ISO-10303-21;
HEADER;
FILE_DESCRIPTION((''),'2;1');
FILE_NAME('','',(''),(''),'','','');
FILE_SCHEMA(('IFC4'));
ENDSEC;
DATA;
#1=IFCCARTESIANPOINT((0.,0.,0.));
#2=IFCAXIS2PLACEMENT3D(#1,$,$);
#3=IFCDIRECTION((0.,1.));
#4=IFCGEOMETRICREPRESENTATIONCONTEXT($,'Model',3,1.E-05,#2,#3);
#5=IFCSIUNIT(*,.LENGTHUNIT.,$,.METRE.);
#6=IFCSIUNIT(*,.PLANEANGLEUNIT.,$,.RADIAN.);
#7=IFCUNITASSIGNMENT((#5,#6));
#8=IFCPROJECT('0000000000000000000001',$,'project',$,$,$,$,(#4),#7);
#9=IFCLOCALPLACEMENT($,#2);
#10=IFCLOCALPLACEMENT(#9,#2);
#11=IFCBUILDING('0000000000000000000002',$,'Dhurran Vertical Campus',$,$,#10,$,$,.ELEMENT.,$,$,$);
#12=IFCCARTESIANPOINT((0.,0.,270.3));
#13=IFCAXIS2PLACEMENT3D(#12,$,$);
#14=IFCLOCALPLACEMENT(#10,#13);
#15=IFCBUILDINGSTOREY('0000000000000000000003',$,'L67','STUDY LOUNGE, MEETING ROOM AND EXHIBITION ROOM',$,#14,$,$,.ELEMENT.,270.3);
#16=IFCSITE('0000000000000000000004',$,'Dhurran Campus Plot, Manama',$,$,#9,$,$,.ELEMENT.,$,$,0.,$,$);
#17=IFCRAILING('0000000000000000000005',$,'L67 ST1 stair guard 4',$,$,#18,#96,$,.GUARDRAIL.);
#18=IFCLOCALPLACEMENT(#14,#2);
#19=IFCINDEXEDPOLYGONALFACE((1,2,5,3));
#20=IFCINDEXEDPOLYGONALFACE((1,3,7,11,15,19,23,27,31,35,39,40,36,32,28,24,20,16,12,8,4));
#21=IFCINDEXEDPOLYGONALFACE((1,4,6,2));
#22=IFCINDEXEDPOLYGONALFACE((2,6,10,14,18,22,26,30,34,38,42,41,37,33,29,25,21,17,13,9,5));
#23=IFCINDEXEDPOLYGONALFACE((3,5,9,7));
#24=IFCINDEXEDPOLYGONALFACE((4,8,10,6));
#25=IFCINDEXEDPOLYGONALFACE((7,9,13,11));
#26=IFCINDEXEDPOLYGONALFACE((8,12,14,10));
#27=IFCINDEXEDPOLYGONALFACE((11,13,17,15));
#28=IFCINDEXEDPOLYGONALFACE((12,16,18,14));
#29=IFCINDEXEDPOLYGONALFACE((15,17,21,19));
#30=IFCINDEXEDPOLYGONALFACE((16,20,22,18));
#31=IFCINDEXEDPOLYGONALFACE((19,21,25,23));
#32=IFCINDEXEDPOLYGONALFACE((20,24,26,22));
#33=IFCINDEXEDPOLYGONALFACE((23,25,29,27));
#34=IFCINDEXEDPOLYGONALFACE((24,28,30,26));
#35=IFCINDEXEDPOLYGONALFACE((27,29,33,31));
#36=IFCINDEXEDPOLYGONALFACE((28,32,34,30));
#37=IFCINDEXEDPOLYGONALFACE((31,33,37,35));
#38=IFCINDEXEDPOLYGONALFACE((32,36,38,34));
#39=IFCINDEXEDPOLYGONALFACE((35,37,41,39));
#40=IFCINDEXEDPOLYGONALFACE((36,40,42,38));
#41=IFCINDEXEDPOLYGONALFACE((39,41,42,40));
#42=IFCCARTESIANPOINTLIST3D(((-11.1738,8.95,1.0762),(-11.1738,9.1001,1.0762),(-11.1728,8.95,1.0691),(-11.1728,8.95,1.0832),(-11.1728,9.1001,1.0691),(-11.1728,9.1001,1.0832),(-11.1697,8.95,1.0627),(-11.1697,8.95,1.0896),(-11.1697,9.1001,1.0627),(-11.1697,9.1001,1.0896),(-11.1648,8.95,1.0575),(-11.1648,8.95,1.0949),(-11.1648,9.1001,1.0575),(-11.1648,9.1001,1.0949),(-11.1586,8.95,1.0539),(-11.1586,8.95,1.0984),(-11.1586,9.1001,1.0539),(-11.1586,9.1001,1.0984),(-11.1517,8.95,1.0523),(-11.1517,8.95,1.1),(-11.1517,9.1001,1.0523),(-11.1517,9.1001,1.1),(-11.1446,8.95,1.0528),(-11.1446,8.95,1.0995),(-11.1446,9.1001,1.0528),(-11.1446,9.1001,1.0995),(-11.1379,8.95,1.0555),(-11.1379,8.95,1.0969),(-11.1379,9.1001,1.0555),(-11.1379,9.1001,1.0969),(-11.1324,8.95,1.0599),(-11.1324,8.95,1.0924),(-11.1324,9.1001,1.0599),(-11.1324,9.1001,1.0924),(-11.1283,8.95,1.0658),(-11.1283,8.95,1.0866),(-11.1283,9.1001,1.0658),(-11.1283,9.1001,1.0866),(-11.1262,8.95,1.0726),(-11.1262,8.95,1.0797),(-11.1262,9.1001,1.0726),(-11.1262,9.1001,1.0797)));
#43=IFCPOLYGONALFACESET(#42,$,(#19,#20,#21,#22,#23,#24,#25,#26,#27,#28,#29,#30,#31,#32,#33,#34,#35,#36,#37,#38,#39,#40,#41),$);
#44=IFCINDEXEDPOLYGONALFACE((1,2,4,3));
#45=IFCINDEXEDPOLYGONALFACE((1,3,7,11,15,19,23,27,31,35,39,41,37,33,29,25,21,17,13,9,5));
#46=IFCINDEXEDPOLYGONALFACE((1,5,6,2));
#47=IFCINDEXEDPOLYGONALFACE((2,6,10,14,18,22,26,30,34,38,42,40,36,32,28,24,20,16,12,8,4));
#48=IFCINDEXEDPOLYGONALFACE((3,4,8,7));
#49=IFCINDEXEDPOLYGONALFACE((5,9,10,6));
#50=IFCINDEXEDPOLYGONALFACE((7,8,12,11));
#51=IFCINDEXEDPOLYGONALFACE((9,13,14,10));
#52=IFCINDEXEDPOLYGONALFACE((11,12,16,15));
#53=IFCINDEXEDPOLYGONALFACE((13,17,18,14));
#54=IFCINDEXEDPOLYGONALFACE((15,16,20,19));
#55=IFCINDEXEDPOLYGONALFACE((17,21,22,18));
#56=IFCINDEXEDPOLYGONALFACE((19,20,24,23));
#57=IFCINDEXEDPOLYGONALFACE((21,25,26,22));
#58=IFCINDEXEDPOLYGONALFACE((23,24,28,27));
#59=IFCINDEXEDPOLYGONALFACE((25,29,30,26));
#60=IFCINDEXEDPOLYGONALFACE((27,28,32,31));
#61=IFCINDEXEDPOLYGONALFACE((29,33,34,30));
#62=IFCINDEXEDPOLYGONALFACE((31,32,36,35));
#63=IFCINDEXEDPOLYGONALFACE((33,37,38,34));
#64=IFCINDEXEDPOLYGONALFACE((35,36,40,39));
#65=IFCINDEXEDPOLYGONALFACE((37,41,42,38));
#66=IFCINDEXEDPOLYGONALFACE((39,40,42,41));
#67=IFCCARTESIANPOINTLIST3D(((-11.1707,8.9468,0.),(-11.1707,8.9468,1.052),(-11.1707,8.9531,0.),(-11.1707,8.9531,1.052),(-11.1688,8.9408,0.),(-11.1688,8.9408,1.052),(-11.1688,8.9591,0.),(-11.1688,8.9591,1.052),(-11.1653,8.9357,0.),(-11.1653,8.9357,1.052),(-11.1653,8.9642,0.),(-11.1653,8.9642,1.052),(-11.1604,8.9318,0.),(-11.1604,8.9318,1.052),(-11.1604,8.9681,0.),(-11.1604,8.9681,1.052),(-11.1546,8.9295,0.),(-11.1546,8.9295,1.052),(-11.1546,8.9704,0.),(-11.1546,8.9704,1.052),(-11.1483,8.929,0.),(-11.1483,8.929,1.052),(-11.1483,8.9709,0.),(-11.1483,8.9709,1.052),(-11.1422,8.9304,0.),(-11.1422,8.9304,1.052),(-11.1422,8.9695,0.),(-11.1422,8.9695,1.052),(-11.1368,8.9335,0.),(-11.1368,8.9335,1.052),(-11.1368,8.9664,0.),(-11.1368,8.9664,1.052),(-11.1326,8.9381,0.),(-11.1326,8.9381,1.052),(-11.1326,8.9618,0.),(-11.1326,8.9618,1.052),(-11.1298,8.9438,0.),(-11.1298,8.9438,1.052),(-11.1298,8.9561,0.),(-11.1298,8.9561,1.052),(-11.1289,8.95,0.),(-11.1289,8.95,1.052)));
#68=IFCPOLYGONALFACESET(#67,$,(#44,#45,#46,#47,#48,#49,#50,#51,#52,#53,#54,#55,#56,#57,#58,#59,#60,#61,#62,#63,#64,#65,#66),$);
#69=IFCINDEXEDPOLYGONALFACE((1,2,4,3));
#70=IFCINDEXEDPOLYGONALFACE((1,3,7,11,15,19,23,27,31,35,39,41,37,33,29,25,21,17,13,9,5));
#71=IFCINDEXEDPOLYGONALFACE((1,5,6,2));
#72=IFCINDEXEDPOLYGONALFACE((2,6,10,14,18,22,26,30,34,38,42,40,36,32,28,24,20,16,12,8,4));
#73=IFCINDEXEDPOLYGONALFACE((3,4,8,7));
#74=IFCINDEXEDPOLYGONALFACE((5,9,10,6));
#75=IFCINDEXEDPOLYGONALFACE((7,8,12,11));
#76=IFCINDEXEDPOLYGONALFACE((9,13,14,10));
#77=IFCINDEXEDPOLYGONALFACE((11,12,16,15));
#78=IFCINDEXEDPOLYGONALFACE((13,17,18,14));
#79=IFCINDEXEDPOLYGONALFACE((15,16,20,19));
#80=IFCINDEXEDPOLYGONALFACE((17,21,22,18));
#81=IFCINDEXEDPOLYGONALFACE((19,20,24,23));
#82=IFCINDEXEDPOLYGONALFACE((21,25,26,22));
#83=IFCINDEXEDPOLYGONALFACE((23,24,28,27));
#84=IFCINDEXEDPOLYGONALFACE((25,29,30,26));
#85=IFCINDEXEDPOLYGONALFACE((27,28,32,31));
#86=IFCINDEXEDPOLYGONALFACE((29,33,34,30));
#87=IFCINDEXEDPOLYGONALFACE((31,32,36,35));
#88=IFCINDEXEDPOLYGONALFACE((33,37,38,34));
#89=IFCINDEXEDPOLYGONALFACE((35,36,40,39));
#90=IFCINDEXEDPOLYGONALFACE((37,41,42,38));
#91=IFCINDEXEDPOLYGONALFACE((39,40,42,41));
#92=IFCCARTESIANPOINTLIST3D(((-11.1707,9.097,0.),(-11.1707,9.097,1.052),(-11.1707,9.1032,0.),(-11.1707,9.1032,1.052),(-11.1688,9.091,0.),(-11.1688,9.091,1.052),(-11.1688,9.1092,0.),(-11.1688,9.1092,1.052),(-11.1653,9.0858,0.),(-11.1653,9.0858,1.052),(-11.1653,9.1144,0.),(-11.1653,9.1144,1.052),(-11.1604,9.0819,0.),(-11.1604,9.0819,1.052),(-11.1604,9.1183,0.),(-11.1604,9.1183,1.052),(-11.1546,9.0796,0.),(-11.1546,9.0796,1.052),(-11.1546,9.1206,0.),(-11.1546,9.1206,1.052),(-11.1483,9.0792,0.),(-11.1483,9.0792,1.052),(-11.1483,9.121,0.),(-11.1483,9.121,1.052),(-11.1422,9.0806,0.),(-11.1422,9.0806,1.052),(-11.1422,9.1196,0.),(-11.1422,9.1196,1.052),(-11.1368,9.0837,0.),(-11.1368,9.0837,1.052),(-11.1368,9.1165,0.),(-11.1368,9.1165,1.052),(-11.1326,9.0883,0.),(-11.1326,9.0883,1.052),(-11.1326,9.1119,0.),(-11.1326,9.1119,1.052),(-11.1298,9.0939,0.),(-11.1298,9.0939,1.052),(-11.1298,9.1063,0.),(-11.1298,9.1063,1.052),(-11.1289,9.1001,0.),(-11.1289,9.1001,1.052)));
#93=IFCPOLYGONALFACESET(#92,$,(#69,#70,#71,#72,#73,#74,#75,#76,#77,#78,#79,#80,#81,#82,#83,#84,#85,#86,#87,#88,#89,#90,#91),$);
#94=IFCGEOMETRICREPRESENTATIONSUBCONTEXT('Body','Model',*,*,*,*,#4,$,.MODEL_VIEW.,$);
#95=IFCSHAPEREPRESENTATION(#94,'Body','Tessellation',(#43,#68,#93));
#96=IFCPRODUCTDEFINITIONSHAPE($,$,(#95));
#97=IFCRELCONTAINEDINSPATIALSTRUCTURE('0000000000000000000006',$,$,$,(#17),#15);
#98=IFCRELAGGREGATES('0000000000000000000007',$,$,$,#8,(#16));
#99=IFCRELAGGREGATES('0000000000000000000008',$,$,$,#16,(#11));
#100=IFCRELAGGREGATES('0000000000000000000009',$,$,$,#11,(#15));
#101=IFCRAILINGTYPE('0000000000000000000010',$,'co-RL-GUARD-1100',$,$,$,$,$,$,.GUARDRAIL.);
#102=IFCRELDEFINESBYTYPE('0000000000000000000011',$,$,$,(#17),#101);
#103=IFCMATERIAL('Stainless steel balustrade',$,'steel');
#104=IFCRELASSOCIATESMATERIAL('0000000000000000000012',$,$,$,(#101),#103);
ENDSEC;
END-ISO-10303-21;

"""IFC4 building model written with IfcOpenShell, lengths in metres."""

from ifc_helpers import new_model, si_unit, direction, frame, origin, origin_2d, place, context, subcontext, project, spatial, circle, extrude, material, type_object, element, save


model = new_model("IFC4")

# Units and contexts
model_context = context("Model", 3, precision=1e-05, world=origin(), true_north=direction((0.0, 1.0)))
body_context = subcontext(model_context, "Body", "Model", "MODEL_VIEW")
ifc_project = project(units=[si_unit("LENGTHUNIT", "METRE"), si_unit("PLANEANGLEUNIT", "RADIAN")], contexts=[model_context])

# Site, building, storey
site_placement = place(None, origin())
site = spatial("IfcSite", under=ifc_project, at=site_placement, Name="Dhurran Campus Plot, Manama", CompositionType="ELEMENT", RefElevation=0.0)
building_placement = place(site_placement, origin())
building = spatial("IfcBuilding", under=site, at=building_placement, Name="Dhurran Vertical Campus", CompositionType="ELEMENT")
storey_placement = place(building_placement, frame((0.0, 0.0, 270.3)))
storey = spatial("IfcBuildingStorey", under=building, at=storey_placement, Name="L67", Description="STUDY LOUNGE, MEETING ROOM AND EXHIBITION ROOM", CompositionType="ELEMENT", Elevation=270.3)

# Railing
ifc_material_1 = material(Name="Stainless steel balustrade", Category="steel")
railing_type_1 = type_object("IfcRailingType", Name="co-RL-GUARD-1100", PredefinedType="GUARDRAIL", material=ifc_material_1)
railing_1_placement = place(storey_placement, frame((-11.1499, 8.95, 0.0)))
element("IfcRailing", 1, at=railing_1_placement, inside=storey, type_object=railing_type_1, Name="L67 ST1 stair guard 4", PredefinedType="GUARDRAIL", context=body_context, shape_type="SweptSolid", body=[
    extrude(circle(Radius=0.0239, at=origin_2d()), frame((0.0, 0.0, 1.0762), z_axis=(0.0, 1.0, 0.0), x_axis=(-1.0, 0.0, 0.0)), (0.0, 0.0, 1.0), 0.1501),
    extrude(circle(Radius=0.021, at=origin_2d()), origin(), (0.0, 0.0, 1.0), 1.052),
    extrude(circle(Radius=0.021, at=origin_2d()), frame((0.0, 0.1501, 0.0)), (0.0, 0.0, 1.0), 1.052),
])

save(model, "model.ifc")
